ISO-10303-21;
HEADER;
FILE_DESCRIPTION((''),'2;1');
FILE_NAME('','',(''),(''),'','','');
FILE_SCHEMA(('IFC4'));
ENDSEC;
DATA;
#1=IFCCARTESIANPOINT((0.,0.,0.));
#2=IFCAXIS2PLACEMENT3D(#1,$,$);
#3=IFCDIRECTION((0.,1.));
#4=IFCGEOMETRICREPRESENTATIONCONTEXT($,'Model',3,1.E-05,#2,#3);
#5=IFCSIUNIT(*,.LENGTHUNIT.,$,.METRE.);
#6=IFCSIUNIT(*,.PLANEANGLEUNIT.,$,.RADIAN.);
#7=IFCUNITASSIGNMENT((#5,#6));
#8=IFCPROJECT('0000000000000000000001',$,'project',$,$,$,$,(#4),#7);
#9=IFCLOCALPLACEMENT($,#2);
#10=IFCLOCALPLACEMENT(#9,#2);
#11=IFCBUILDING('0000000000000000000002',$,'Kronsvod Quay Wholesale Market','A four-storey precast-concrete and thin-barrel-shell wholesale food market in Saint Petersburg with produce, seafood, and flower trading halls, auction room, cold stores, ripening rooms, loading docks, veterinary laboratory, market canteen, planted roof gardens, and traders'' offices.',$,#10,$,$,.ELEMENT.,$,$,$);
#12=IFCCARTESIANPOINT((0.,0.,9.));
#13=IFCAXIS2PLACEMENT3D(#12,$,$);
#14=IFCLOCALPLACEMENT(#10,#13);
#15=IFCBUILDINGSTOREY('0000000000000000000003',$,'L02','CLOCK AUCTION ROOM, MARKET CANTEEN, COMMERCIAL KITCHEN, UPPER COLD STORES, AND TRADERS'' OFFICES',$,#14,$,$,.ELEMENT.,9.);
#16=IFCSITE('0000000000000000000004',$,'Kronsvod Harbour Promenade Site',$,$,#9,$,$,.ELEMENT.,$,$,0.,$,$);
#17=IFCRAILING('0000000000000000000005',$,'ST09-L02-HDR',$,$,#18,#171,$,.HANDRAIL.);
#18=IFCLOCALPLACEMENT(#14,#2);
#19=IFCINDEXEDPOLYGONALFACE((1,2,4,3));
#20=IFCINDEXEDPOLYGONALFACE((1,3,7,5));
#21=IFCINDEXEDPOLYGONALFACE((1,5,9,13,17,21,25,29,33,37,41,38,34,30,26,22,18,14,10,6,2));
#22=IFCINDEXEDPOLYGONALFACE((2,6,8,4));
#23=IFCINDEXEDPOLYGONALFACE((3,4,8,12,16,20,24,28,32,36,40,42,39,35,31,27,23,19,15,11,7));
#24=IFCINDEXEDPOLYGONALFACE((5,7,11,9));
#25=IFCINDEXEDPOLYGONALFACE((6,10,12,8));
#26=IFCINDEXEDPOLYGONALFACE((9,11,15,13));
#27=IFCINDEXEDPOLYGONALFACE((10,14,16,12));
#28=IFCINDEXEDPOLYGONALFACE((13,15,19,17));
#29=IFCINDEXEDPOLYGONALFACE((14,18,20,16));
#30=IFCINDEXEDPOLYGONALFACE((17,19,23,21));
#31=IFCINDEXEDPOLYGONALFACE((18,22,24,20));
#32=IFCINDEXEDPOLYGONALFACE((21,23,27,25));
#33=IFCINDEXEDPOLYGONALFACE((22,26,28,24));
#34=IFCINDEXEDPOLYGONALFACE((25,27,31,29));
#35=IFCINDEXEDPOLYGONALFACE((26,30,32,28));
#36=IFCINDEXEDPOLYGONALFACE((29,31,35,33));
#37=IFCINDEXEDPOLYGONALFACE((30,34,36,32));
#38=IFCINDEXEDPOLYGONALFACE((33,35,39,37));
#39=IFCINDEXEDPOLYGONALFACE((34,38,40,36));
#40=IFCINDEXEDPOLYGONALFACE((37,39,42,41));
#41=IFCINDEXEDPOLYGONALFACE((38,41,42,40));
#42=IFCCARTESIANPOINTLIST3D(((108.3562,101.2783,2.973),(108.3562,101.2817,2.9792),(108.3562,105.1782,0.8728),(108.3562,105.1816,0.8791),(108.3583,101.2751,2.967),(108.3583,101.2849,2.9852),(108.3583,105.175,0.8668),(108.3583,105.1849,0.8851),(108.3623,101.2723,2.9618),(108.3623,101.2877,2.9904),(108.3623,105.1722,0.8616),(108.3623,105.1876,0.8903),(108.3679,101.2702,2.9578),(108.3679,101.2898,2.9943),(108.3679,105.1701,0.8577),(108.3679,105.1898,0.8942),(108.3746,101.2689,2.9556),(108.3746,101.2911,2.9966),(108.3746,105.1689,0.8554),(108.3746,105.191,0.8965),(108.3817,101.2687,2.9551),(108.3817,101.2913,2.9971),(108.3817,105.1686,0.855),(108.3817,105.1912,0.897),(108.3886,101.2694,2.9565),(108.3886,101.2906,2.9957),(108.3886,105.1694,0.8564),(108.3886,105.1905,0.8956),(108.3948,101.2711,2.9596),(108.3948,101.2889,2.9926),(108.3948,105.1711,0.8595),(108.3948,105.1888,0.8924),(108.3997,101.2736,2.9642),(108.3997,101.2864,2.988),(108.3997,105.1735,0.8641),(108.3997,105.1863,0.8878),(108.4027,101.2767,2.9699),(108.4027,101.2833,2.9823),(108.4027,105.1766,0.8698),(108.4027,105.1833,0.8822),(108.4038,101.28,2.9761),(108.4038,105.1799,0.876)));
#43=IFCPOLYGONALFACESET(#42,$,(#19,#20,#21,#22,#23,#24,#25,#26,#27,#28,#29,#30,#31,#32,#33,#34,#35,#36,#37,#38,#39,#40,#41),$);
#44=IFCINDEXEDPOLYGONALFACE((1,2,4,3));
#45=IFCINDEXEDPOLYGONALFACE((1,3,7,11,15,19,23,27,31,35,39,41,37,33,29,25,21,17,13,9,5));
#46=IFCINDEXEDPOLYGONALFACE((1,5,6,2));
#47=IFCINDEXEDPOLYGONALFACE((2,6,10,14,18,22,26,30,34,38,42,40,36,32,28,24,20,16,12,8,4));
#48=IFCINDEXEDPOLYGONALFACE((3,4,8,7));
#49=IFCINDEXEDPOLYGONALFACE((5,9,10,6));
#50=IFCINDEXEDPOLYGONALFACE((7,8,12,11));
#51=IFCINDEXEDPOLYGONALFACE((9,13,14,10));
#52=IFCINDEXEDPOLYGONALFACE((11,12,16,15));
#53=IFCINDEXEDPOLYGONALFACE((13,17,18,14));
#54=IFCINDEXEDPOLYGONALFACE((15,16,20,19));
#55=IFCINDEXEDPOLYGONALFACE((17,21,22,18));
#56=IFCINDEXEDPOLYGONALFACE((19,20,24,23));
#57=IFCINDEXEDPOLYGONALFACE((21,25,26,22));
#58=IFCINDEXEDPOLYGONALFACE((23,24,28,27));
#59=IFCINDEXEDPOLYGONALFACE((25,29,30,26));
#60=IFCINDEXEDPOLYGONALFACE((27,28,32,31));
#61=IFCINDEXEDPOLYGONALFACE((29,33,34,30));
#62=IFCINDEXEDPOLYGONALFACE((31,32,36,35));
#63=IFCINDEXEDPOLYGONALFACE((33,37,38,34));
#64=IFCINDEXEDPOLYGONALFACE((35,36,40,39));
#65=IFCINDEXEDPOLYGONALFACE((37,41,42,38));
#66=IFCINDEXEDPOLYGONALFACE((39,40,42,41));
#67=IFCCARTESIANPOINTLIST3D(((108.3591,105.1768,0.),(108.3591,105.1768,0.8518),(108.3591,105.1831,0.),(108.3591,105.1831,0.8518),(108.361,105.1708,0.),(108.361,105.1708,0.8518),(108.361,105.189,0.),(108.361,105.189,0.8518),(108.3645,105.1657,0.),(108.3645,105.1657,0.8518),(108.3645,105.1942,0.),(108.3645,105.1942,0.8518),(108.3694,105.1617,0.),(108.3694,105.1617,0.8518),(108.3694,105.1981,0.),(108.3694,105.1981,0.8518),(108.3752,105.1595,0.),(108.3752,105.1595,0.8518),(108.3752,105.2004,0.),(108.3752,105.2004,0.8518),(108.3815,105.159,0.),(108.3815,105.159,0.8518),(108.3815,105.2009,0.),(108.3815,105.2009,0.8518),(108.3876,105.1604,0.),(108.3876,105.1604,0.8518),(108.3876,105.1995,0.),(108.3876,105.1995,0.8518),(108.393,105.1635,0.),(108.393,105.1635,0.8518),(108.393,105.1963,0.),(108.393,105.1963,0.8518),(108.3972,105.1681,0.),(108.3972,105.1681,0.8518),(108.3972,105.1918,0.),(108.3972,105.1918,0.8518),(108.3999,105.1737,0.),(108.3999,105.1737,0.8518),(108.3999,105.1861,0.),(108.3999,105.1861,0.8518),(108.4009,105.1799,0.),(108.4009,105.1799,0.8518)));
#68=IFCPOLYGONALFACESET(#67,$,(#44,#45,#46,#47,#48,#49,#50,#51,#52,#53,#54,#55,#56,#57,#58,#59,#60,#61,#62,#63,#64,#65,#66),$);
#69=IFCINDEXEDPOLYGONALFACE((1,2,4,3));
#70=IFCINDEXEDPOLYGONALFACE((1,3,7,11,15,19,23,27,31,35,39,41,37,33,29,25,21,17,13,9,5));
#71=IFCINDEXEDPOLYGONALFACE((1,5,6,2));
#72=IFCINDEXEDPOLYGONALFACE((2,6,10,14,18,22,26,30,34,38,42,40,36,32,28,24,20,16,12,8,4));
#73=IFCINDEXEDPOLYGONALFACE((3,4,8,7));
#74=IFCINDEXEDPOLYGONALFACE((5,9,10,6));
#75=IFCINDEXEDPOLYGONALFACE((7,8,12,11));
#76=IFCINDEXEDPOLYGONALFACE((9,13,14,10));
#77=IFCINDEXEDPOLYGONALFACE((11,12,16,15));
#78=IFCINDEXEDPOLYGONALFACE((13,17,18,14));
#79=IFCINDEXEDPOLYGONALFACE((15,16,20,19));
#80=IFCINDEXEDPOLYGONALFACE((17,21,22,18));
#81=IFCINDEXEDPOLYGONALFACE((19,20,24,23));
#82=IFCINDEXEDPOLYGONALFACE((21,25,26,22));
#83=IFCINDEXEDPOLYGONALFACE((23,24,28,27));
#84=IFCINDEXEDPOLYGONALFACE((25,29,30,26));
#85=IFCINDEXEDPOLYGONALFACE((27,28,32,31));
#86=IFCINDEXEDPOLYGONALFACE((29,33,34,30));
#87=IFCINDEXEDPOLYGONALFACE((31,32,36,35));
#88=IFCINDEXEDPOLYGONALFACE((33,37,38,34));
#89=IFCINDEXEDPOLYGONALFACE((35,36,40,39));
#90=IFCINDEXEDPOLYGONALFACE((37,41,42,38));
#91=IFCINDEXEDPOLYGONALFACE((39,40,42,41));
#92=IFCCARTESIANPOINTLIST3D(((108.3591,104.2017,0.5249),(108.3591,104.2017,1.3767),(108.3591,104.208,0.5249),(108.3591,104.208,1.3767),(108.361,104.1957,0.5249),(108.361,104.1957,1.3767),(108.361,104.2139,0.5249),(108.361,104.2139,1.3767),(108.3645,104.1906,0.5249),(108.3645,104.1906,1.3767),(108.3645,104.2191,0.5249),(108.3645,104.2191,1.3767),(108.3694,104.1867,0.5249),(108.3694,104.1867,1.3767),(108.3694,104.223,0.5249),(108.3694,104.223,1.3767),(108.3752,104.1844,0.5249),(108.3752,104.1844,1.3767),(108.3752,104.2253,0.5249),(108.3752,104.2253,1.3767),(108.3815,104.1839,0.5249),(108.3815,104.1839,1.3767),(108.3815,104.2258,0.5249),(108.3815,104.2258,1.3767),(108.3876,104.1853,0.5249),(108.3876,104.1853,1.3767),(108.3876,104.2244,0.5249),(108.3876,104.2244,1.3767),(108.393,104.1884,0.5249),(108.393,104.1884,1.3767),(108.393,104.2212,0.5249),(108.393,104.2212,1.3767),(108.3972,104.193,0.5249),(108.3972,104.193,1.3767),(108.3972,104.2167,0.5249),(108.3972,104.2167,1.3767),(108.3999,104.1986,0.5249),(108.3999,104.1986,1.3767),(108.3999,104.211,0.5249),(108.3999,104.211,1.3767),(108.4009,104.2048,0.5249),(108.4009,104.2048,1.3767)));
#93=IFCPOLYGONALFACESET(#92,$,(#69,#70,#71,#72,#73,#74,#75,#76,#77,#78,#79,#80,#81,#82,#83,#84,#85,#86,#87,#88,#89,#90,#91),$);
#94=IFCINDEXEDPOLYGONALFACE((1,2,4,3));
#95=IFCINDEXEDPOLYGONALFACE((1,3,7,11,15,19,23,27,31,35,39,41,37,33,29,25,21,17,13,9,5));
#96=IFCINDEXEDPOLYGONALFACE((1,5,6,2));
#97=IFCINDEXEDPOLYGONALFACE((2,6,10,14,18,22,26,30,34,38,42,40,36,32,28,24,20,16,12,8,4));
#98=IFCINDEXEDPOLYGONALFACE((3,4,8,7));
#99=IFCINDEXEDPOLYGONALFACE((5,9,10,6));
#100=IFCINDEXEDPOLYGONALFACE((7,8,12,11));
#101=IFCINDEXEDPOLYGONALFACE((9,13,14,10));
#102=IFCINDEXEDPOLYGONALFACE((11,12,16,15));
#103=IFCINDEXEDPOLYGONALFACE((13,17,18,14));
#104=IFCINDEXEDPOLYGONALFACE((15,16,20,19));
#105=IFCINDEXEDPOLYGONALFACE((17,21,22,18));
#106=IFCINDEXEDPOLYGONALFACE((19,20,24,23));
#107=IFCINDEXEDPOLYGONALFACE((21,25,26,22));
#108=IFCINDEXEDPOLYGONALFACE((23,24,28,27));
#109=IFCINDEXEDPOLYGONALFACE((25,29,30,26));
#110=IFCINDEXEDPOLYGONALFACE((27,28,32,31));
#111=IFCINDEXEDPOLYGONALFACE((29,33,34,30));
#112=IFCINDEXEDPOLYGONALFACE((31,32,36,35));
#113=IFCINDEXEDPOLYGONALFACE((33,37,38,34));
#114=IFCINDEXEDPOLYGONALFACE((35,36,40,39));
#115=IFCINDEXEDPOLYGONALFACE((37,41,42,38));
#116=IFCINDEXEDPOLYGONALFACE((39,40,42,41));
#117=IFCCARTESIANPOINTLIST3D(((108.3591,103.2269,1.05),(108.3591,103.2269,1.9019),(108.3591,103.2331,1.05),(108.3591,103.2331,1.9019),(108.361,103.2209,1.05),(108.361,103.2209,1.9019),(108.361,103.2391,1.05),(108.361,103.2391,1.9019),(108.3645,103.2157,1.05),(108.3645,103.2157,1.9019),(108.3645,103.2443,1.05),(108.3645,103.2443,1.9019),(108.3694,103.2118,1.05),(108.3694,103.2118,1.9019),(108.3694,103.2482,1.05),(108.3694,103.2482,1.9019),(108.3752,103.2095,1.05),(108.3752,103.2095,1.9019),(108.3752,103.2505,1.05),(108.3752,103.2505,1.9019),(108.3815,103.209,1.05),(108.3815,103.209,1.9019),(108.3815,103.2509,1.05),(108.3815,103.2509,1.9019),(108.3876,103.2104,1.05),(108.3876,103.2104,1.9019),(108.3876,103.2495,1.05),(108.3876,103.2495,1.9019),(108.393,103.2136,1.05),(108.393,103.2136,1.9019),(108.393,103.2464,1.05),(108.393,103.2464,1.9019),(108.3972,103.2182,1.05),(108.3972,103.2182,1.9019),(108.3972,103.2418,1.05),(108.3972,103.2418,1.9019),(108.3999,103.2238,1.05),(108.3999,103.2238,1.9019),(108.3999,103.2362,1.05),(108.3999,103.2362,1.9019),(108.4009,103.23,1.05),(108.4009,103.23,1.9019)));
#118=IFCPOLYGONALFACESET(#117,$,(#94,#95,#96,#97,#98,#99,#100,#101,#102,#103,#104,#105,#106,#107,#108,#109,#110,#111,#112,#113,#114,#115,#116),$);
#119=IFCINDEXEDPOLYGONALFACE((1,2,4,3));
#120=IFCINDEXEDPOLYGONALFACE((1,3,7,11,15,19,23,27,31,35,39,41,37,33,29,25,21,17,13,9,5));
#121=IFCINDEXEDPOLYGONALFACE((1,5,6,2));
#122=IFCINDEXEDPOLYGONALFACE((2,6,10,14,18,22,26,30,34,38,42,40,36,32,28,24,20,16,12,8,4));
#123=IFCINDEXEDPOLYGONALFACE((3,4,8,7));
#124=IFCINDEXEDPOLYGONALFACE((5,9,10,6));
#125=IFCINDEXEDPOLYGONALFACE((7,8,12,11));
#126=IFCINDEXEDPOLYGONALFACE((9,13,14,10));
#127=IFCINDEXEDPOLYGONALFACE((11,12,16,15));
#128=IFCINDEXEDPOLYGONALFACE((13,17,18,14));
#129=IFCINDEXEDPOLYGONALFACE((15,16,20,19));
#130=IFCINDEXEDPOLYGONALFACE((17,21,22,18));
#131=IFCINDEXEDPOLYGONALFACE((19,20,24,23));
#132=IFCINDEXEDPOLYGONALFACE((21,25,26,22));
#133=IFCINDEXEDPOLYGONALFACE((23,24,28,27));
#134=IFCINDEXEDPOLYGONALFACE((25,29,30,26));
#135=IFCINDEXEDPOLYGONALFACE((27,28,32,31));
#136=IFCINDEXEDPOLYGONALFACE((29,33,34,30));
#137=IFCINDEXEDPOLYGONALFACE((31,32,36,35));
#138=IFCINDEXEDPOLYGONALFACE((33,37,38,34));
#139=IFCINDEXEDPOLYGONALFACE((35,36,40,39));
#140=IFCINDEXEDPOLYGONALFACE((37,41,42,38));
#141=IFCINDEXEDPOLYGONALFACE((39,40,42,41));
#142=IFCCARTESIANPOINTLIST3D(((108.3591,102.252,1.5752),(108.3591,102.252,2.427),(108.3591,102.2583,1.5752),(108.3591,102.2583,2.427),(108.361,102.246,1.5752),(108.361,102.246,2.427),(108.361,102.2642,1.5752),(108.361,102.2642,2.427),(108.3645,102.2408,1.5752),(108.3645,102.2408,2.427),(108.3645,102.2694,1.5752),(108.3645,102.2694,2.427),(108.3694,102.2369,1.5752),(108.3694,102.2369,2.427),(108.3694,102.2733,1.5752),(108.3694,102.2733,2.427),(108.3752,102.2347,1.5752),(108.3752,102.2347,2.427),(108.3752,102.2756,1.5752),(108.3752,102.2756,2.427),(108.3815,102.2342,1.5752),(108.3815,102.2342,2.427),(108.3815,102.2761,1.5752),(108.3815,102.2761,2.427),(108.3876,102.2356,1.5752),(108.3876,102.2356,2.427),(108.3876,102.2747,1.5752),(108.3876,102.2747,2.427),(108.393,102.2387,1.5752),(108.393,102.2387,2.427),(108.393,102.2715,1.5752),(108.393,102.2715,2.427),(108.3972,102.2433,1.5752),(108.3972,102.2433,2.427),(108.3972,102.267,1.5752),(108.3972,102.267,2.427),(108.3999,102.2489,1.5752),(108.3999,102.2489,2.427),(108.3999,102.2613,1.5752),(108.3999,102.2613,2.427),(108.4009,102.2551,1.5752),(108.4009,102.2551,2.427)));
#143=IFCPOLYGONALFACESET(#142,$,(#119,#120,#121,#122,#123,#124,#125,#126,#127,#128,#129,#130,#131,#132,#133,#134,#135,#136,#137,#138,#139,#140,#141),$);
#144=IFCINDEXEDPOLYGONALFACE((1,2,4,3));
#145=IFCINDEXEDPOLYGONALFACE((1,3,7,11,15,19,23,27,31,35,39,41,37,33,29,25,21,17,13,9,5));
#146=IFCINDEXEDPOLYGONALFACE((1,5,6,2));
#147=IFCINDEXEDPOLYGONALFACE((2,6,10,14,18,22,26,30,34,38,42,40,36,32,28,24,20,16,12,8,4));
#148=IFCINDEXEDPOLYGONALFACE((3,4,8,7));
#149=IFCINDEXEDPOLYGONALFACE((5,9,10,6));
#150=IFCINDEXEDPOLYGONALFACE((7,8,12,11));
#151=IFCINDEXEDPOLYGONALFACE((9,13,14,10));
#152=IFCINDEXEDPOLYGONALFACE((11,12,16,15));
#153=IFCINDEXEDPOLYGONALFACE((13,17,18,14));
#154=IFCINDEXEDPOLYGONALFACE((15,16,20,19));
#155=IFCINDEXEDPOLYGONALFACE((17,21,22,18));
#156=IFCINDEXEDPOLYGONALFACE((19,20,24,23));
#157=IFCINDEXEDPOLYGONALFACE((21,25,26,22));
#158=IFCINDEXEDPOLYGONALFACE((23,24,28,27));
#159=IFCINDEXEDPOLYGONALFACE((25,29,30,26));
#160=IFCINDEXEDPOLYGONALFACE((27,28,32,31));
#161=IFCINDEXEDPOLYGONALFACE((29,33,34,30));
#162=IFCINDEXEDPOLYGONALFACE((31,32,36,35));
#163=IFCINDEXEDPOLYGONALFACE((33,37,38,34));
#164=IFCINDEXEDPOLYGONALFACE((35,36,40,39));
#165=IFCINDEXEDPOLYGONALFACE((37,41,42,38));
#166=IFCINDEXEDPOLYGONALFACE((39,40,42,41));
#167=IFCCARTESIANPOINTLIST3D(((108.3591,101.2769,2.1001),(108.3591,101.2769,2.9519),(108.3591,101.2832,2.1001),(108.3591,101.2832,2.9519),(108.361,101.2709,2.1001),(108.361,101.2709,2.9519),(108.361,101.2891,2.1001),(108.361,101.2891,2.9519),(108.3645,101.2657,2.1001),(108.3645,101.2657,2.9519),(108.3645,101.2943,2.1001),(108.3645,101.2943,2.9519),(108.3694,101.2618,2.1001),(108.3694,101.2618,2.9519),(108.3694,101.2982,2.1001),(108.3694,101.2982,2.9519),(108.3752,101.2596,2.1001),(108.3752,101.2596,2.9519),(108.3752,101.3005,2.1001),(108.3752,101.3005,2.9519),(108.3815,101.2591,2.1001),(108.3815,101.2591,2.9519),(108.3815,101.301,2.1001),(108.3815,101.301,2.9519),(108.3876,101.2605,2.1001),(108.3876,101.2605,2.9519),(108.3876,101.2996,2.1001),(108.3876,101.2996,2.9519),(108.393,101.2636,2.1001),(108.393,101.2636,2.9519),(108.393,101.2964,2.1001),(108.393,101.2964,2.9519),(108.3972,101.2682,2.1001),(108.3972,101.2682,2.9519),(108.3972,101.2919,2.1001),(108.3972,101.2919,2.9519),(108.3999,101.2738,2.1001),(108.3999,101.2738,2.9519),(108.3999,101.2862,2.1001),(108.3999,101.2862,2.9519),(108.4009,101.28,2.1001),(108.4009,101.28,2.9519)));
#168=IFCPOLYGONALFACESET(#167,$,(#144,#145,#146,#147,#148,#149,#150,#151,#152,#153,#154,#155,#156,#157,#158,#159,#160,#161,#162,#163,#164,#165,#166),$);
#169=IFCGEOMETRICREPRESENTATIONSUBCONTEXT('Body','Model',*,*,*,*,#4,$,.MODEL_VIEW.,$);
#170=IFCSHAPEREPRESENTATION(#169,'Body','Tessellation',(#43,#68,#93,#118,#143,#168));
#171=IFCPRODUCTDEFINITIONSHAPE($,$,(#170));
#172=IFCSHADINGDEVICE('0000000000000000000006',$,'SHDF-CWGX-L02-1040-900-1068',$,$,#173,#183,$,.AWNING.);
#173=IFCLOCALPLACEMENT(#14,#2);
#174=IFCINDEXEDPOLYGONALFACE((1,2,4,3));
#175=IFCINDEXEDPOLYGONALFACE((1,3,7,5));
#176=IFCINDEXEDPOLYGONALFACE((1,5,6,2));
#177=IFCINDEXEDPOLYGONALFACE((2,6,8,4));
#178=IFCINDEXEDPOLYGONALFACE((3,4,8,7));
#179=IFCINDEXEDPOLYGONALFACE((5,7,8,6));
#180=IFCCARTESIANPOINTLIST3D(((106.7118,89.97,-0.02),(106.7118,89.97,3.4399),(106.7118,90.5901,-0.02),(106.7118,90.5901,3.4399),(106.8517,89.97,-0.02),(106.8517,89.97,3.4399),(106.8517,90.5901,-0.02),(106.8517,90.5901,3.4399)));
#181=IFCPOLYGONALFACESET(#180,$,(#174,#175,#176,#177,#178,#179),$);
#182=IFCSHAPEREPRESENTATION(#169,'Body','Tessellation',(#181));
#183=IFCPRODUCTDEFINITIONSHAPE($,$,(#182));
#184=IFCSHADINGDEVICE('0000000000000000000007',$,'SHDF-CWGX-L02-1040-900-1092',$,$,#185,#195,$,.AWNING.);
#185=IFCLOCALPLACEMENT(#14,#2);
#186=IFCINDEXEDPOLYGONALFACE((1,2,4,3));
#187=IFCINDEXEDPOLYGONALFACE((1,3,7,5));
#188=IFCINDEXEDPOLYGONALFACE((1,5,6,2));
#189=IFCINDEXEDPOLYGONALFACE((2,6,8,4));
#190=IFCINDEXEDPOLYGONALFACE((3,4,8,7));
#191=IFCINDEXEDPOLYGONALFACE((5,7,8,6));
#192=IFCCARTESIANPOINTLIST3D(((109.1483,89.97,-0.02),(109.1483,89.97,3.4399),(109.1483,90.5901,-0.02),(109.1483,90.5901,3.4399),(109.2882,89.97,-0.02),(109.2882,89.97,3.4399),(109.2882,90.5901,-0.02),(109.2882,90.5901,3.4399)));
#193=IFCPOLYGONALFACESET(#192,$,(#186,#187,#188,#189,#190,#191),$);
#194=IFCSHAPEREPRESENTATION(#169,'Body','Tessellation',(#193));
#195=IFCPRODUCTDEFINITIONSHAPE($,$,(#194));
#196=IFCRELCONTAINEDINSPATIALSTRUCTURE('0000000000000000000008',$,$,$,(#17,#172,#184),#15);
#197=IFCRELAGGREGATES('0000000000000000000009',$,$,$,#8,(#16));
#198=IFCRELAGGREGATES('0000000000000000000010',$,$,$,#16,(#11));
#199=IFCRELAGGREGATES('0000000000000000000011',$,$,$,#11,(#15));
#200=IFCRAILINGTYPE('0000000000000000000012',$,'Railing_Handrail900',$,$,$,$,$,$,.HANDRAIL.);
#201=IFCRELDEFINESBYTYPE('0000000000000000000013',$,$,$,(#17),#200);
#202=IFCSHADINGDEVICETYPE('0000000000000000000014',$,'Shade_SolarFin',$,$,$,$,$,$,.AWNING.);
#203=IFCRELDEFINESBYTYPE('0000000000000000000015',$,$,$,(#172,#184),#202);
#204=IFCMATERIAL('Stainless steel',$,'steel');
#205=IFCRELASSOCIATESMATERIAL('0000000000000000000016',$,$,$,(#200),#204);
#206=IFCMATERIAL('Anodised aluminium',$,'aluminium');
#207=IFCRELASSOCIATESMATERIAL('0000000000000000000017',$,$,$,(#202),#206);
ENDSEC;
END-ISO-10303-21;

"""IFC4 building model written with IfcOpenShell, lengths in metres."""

from ifc_helpers import new_model, si_unit, direction, frame, origin, origin_2d, place, context, subcontext, project, spatial, rectangle, circle, extrude, material, type_object, element, save


model = new_model("IFC4")

# Units and contexts
model_context = context("Model", 3, precision=1e-05, world=origin(), true_north=direction((0.0, 1.0)))
body_context = subcontext(model_context, "Body", "Model", "MODEL_VIEW")
ifc_project = project(units=[si_unit("LENGTHUNIT", "METRE"), si_unit("PLANEANGLEUNIT", "RADIAN")], contexts=[model_context])

# Site, building, storey
site_placement = place(None, origin())
site = spatial("IfcSite", under=ifc_project, at=site_placement, Name="Kronsvod Harbour Promenade Site", CompositionType="ELEMENT", RefElevation=0.0)
building_placement = place(site_placement, origin())
building = spatial("IfcBuilding", under=site, at=building_placement, Name="Kronsvod Quay Wholesale Market", Description="A four-storey precast-concrete and thin-barrel-shell wholesale food market in Saint Petersburg with produce, seafood, and flower trading halls, auction room, cold stores, ripening rooms, loading docks, veterinary laboratory, market canteen, planted roof gardens, and traders' offices.", CompositionType="ELEMENT")
storey_placement = place(building_placement, frame((0.0, 0.0, 9.0)))
storey = spatial("IfcBuildingStorey", under=building, at=storey_placement, Name="L02", Description="CLOCK AUCTION ROOM, MARKET CANTEEN, COMMERCIAL KITCHEN, UPPER COLD STORES, AND TRADERS' OFFICES", CompositionType="ELEMENT", Elevation=9.0)

# Railing
ifc_material_1 = material(Name="Stainless steel", Category="steel")
railing_type_1 = type_object("IfcRailingType", Name="Railing_Handrail900", PredefinedType="HANDRAIL", material=ifc_material_1)
railing_1_placement = place(storey_placement, frame((108.3799, 105.1799, 0.0)))
element("IfcRailing", 1, at=railing_1_placement, inside=storey, type_object=railing_type_1, Name="ST09-L02-HDR", PredefinedType="HANDRAIL", context=body_context, shape_type="SweptSolid", body=[
    extrude(circle(Radius=0.0239, at=origin_2d()), frame((0.0, 0.0, 0.876), z_axis=(0.0, -0.880457, 0.474126), x_axis=(1.0, 0.0, 0.0)), (0.0, 0.0, 1.0), 4.4294),
    extrude(circle(Radius=0.021, at=origin_2d()), origin(), (0.0, 0.0, 1.0), 0.8518),
    extrude(circle(Radius=0.021, at=origin_2d()), frame((0.0, -0.9751, 0.5249)), (0.0, 0.0, 1.0), 0.8518),
    extrude(circle(Radius=0.021, at=origin_2d()), frame((0.0, -1.95, 1.05)), (0.0, 0.0, 1.0), 0.8518),
    extrude(circle(Radius=0.021, at=origin_2d()), frame((0.0, -2.9248, 1.5752)), (0.0, 0.0, 1.0), 0.8518),
    extrude(circle(Radius=0.021, at=origin_2d()), frame((0.0, -3.8999, 2.1001)), (0.0, 0.0, 1.0), 0.8518),
])

# Shading devices
ifc_material_2 = material(Name="Anodised aluminium", Category="aluminium")
shading_device_type = type_object("IfcShadingDeviceType", Name="Shade_SolarFin", PredefinedType="AWNING", material=ifc_material_2)
for number, where, z_axis, x_axis, name in (
    (2, (106.7817, 90.28, -0.02), (0.0, 0.0, 1.0), (1.0, 0.0, 0.0), "SHDF-CWGX-L02-1040-900-1068"),
    (3, (109.2183, 90.28, -0.02), (0.0, 0.0, 1.0), (1.0, 0.0, 0.0), "SHDF-CWGX-L02-1040-900-1092"),
):
    element("IfcShadingDevice", number, at=place(storey_placement, frame(where, z_axis=z_axis, x_axis=x_axis)), inside=storey, type_object=shading_device_type, Name=name, PredefinedType="AWNING", context=body_context, shape_type="SweptSolid", body=[
        extrude(rectangle(XDim=0.1399, YDim=0.6201, at=origin_2d()), origin(), (0.0, 0.0, 1.0), 3.46),
    ])

save(model, "model.ifc")
